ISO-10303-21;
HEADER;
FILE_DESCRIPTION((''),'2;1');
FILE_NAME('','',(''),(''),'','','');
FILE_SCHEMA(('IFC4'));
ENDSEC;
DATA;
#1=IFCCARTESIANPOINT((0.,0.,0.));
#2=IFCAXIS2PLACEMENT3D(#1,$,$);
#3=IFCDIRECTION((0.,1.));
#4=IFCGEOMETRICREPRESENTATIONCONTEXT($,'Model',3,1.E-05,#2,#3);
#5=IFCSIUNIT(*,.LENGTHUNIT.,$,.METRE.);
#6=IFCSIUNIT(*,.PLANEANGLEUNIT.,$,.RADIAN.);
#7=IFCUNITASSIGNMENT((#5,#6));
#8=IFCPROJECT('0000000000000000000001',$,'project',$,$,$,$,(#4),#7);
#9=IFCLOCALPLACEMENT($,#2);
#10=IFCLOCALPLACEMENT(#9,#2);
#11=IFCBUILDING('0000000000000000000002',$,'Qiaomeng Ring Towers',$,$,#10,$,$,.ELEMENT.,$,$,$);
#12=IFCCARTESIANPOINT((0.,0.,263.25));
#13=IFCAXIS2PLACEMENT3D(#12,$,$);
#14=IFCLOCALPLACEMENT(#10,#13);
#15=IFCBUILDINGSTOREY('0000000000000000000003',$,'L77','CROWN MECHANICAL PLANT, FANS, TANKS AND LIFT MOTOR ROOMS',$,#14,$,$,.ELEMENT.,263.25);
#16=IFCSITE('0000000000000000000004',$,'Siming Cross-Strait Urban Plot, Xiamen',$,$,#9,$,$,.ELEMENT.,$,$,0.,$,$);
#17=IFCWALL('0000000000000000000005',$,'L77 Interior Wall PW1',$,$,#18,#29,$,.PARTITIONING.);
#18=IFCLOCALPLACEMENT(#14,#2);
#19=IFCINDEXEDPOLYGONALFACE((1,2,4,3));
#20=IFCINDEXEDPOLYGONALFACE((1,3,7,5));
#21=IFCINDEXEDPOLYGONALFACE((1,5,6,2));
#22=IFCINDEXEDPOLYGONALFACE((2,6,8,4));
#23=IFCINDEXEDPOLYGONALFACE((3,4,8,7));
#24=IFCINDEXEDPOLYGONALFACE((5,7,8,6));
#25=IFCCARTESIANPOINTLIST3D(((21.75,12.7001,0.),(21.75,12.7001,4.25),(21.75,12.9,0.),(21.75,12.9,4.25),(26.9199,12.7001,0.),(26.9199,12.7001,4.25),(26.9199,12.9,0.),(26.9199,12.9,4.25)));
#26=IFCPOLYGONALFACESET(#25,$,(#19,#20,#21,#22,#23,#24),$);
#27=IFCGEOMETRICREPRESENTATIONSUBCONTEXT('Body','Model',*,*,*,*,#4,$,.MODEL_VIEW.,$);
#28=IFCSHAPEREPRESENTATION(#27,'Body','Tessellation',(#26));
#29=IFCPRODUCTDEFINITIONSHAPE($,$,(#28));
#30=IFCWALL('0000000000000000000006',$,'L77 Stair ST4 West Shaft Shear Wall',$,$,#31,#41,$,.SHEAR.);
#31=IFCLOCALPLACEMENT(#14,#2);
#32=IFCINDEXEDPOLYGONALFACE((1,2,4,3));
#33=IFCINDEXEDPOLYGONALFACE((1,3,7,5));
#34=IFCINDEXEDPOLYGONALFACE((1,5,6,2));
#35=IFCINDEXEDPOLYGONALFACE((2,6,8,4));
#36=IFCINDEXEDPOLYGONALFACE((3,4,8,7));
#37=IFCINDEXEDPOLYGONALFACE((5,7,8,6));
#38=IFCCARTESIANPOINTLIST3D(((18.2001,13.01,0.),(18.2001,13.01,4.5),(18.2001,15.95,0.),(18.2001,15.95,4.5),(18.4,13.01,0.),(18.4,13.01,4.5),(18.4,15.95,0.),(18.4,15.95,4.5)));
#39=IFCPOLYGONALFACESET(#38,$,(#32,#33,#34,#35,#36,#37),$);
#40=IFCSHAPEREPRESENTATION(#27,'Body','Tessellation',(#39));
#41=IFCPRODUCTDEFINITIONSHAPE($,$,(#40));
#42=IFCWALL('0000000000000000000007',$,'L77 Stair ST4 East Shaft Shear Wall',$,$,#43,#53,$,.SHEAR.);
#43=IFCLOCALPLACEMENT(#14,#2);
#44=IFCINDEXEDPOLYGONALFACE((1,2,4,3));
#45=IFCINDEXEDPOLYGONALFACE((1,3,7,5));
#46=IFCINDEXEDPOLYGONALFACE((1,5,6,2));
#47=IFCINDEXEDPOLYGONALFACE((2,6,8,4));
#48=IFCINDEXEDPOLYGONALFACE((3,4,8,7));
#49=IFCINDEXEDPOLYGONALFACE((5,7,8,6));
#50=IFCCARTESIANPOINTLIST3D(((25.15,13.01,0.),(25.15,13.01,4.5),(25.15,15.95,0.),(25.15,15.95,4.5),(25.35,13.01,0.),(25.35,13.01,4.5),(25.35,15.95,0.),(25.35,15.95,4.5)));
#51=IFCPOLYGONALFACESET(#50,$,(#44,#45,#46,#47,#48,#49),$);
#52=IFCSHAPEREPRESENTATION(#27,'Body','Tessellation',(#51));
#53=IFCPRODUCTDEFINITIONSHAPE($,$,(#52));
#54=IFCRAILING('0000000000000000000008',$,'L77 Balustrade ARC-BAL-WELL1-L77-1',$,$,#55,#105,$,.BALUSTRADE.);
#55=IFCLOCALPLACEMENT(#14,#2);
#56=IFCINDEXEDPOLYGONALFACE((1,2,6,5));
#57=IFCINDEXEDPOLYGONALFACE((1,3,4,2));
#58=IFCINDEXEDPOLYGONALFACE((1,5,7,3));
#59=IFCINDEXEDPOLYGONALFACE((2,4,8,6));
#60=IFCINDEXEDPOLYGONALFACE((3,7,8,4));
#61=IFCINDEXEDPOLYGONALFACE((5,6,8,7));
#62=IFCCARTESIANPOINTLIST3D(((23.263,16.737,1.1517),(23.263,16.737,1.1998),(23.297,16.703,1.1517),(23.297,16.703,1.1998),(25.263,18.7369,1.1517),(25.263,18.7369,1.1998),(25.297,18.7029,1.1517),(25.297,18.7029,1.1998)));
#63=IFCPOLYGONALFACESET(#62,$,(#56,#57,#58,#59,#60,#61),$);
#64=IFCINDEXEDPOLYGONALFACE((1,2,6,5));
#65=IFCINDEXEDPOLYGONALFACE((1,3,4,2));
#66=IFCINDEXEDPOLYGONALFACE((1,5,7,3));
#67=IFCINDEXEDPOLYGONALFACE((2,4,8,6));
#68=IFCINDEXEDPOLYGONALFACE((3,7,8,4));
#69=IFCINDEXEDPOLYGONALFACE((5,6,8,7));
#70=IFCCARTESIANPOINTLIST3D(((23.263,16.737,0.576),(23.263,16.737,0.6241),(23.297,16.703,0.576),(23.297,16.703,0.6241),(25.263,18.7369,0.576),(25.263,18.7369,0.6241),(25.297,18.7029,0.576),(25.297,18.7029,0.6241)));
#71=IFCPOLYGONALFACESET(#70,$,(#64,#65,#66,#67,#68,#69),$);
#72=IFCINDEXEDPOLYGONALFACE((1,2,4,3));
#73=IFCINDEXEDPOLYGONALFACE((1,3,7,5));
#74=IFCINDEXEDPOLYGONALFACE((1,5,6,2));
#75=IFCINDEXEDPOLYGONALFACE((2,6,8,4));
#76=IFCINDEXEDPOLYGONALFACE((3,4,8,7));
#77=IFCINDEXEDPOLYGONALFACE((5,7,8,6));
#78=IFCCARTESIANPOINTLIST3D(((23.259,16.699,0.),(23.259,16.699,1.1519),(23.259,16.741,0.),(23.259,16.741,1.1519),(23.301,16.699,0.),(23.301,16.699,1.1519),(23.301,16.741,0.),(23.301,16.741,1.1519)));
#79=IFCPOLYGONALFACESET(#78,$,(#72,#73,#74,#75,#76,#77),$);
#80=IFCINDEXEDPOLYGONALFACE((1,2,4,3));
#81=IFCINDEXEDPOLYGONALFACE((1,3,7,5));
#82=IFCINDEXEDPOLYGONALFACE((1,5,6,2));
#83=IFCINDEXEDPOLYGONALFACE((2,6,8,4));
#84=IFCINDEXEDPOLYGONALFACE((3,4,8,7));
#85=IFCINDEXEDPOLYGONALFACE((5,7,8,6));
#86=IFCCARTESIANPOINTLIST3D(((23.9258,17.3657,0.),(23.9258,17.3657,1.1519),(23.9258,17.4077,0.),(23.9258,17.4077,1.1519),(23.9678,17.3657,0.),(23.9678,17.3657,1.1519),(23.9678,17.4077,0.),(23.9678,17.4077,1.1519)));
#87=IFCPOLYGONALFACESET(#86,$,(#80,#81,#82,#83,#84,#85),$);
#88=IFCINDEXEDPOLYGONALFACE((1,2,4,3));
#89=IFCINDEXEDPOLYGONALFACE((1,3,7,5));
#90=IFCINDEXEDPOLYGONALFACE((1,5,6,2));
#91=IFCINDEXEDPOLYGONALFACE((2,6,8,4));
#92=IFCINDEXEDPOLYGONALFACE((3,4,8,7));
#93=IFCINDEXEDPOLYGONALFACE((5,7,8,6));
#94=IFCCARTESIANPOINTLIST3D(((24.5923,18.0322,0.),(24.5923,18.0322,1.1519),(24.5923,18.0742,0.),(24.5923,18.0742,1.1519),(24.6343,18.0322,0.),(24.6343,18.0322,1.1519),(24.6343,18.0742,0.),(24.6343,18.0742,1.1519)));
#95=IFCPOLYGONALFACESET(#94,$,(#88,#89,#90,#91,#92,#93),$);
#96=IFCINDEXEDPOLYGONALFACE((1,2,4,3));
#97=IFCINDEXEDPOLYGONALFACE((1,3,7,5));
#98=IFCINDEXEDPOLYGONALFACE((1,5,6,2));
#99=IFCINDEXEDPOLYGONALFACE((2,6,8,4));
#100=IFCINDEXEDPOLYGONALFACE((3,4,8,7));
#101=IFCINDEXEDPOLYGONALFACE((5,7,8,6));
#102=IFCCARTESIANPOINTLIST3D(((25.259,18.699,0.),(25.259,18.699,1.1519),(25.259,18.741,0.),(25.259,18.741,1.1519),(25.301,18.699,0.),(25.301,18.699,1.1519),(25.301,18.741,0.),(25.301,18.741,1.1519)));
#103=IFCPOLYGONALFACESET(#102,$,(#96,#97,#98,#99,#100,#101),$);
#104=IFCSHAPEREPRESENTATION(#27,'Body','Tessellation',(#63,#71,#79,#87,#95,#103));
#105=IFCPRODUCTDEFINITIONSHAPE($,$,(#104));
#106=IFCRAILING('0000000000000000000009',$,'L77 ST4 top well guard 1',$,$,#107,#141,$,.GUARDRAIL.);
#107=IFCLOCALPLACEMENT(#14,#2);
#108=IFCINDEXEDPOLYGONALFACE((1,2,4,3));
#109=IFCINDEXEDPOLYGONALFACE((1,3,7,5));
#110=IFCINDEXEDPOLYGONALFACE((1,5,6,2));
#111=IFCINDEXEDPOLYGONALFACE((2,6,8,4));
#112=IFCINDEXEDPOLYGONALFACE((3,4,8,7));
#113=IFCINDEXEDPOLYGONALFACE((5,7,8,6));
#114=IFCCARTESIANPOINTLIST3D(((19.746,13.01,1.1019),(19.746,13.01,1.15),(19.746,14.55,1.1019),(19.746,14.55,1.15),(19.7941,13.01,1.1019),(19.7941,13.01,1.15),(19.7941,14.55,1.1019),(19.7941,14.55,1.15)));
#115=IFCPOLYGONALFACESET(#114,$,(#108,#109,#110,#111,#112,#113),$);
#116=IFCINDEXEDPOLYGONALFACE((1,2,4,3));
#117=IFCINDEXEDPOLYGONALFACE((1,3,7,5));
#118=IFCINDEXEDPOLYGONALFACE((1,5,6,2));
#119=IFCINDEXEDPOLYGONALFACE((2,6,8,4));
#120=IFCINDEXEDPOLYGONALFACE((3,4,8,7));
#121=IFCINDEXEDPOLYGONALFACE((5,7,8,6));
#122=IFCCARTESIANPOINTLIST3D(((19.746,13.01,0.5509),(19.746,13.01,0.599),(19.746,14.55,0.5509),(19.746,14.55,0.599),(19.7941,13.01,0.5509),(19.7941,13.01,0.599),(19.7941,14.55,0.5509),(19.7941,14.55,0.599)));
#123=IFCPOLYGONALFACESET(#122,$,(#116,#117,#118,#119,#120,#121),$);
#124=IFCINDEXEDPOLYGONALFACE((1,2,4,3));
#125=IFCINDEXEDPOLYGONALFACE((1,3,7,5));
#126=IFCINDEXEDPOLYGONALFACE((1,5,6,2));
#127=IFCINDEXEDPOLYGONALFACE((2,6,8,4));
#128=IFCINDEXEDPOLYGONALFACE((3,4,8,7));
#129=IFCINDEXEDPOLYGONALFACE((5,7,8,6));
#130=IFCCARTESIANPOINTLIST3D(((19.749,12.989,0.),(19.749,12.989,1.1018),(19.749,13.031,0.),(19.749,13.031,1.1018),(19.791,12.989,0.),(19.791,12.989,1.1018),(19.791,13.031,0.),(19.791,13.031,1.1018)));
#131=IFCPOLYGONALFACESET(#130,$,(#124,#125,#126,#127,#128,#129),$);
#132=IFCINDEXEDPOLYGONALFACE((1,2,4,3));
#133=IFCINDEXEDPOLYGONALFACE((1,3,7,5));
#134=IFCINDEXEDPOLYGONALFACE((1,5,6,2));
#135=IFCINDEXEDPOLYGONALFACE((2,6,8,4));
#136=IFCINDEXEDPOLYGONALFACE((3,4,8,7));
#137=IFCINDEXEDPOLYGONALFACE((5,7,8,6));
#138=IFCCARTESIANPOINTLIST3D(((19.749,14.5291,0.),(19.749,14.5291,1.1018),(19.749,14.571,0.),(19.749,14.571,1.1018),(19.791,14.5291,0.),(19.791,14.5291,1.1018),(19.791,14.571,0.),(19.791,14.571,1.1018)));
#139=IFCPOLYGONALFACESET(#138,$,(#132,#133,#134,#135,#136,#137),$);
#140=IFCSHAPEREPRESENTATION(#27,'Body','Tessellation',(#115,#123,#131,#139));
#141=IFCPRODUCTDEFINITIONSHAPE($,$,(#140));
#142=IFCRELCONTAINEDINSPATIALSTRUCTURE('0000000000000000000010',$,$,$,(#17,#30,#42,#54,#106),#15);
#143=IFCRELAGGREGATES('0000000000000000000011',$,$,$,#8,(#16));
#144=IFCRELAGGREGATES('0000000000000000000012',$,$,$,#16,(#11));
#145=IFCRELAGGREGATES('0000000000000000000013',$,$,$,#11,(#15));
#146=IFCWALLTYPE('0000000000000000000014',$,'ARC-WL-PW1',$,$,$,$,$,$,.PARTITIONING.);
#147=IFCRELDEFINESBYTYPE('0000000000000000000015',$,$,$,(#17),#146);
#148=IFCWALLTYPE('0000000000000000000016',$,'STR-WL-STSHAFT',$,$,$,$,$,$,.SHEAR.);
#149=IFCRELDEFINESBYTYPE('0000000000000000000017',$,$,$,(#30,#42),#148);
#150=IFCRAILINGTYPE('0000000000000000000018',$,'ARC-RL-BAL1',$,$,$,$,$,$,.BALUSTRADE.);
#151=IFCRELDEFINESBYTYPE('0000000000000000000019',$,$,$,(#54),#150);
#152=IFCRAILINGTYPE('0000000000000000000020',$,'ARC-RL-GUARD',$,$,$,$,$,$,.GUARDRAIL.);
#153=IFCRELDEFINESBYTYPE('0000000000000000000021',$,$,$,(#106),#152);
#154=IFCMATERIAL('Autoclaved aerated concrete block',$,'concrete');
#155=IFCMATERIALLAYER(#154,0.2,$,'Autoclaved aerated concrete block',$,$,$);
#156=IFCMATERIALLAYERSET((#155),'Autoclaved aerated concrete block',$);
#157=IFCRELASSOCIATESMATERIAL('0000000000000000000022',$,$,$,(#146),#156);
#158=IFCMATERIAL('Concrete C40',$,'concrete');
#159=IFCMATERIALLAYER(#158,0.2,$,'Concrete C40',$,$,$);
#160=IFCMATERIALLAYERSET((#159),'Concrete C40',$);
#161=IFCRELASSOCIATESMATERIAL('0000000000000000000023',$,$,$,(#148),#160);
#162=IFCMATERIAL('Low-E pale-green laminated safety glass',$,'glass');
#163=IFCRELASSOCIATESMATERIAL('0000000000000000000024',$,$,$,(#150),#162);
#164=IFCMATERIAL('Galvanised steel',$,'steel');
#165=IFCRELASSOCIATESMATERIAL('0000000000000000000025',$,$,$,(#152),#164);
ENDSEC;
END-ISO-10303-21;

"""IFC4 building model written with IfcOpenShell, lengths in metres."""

from ifc_helpers import new_model, si_unit, direction, frame, frame_2d, origin, origin_2d, place, context, subcontext, project, spatial, rectangle, extrude, material, layer, layer_set, type_object, element, save


model = new_model("IFC4")

# Units and contexts
model_context = context("Model", 3, precision=1e-05, world=origin(), true_north=direction((0.0, 1.0)))
body_context = subcontext(model_context, "Body", "Model", "MODEL_VIEW")
ifc_project = project(units=[si_unit("LENGTHUNIT", "METRE"), si_unit("PLANEANGLEUNIT", "RADIAN")], contexts=[model_context])

# Site, building, storey
site_placement = place(None, origin())
site = spatial("IfcSite", under=ifc_project, at=site_placement, Name="Siming Cross-Strait Urban Plot, Xiamen", CompositionType="ELEMENT", RefElevation=0.0)
building_placement = place(site_placement, origin())
building = spatial("IfcBuilding", under=site, at=building_placement, Name="Qiaomeng Ring Towers", CompositionType="ELEMENT")
storey_placement = place(building_placement, frame((0.0, 0.0, 263.25)))
storey = spatial("IfcBuildingStorey", under=building, at=storey_placement, Name="L77", Description="CROWN MECHANICAL PLANT, FANS, TANKS AND LIFT MOTOR ROOMS", CompositionType="ELEMENT", Elevation=263.25)

# Walls
ifc_material_1 = material(Name="Autoclaved aerated concrete block", Category="concrete")
ifc_layer_1 = layer(ifc_material_1, 0.2, Name="Autoclaved aerated concrete block")
ifc_layer_set_1 = layer_set([ifc_layer_1], Name="Autoclaved aerated concrete block")
wall_type_1 = type_object("IfcWallType", Name="ARC-WL-PW1", PredefinedType="PARTITIONING", material=ifc_layer_set_1)
wall_1_placement = place(storey_placement, frame((21.75, 12.8, 0.0), z_axis=(0.0, 0.0, 1.0), x_axis=(1.0, 0.0, 0.0)))
element("IfcWall", 1, at=wall_1_placement, inside=storey, type_object=wall_type_1, Name="L77 Interior Wall PW1", PredefinedType="PARTITIONING", context=body_context, shape_type="SweptSolid", body=[
    extrude(rectangle(XDim=5.1699, YDim=0.2, at=frame_2d((2.585, 0.0))), origin(), (0.0, 0.0, 1.0), 4.25),
])
ifc_material_2 = material(Name="Concrete C40", Category="concrete")
ifc_layer_2 = layer(ifc_material_2, 0.2, Name="Concrete C40")
ifc_layer_set_2 = layer_set([ifc_layer_2], Name="Concrete C40")
wall_type_2 = type_object("IfcWallType", Name="STR-WL-STSHAFT", PredefinedType="SHEAR", material=ifc_layer_set_2)
for number, where, z_axis, x_axis, name in (
    (2, (18.3, 13.01, 0.0), (0.0, 0.0, 1.0), (0.0, 1.0, 0.0), "L77 Stair ST4 West Shaft Shear Wall"),
    (3, (25.25, 13.01, 0.0), (0.0, 0.0, 1.0), (0.0, 1.0, 0.0), "L77 Stair ST4 East Shaft Shear Wall"),
):
    element("IfcWall", number, at=place(storey_placement, frame(where, z_axis=z_axis, x_axis=x_axis)), inside=storey, type_object=wall_type_2, Name=name, PredefinedType="SHEAR", context=body_context, shape_type="SweptSolid", body=[
        extrude(rectangle(XDim=2.9399, YDim=0.2, at=frame_2d((1.47, 0.0))), origin(), (0.0, 0.0, 1.0), 4.5),
    ])

# Railings
ifc_material_3 = material(Name="Low-E pale-green laminated safety glass", Category="glass")
railing_type_1 = type_object("IfcRailingType", Name="ARC-RL-BAL1", PredefinedType="BALUSTRADE", material=ifc_material_3)
railing_1_placement = place(storey_placement, frame((23.28, 16.72, 0.0)))
element("IfcRailing", 4, at=railing_1_placement, inside=storey, type_object=railing_type_1, Name="L77 Balustrade ARC-BAL-WELL1-L77-1", PredefinedType="BALUSTRADE", context=body_context, shape_type="SweptSolid", body=[
    extrude(rectangle(XDim=0.0481, YDim=0.0481, at=origin_2d()), frame((0.0, 0.0, 1.1758), z_axis=(0.707107, 0.707107, 0.0), x_axis=(-0.707107, 0.707107, 0.0)), (0.0, 0.0, 1.0), 2.8284),
    extrude(rectangle(XDim=0.0481, YDim=0.0481, at=origin_2d()), frame((0.0, 0.0, 0.6001), z_axis=(0.707107, 0.707107, 0.0), x_axis=(-0.707107, 0.707107, 0.0)), (0.0, 0.0, 1.0), 2.8284),
    extrude(rectangle(XDim=0.042, YDim=0.042, at=origin_2d()), origin(), (0.0, 0.0, 1.0), 1.1519),
    extrude(rectangle(XDim=0.042, YDim=0.042, at=origin_2d()), frame((0.6667, 0.6667, 0.0)), (0.0, 0.0, 1.0), 1.1519),
    extrude(rectangle(XDim=0.042, YDim=0.042, at=origin_2d()), frame((1.3333, 1.3333, 0.0)), (0.0, 0.0, 1.0), 1.1519),
    extrude(rectangle(XDim=0.042, YDim=0.042, at=origin_2d()), frame((2.0, 2.0, 0.0)), (0.0, 0.0, 1.0), 1.1519),
])
ifc_material_4 = material(Name="Galvanised steel", Category="steel")
railing_type_2 = type_object("IfcRailingType", Name="ARC-RL-GUARD", PredefinedType="GUARDRAIL", material=ifc_material_4)
railing_2_placement = place(storey_placement, frame((19.77, 13.01, 0.0)))
element("IfcRailing", 5, at=railing_2_placement, inside=storey, type_object=railing_type_2, Name="L77 ST4 top well guard 1", PredefinedType="GUARDRAIL", context=body_context, shape_type="SweptSolid", body=[
    extrude(rectangle(XDim=0.0481, YDim=0.0481, at=origin_2d()), frame((0.0, 0.0, 1.126), z_axis=(0.0, 1.0, 0.0), x_axis=(-1.0, 0.0, 0.0)), (0.0, 0.0, 1.0), 1.54),
    extrude(rectangle(XDim=0.0481, YDim=0.0481, at=origin_2d()), frame((0.0, 0.0, 0.575), z_axis=(0.0, 1.0, 0.0), x_axis=(-1.0, 0.0, 0.0)), (0.0, 0.0, 1.0), 1.54),
    extrude(rectangle(XDim=0.042, YDim=0.042, at=origin_2d()), origin(), (0.0, 0.0, 1.0), 1.1018),
    extrude(rectangle(XDim=0.042, YDim=0.042, at=origin_2d()), frame((0.0, 1.54, 0.0)), (0.0, 0.0, 1.0), 1.1018),
])

save(model, "model.ifc")
